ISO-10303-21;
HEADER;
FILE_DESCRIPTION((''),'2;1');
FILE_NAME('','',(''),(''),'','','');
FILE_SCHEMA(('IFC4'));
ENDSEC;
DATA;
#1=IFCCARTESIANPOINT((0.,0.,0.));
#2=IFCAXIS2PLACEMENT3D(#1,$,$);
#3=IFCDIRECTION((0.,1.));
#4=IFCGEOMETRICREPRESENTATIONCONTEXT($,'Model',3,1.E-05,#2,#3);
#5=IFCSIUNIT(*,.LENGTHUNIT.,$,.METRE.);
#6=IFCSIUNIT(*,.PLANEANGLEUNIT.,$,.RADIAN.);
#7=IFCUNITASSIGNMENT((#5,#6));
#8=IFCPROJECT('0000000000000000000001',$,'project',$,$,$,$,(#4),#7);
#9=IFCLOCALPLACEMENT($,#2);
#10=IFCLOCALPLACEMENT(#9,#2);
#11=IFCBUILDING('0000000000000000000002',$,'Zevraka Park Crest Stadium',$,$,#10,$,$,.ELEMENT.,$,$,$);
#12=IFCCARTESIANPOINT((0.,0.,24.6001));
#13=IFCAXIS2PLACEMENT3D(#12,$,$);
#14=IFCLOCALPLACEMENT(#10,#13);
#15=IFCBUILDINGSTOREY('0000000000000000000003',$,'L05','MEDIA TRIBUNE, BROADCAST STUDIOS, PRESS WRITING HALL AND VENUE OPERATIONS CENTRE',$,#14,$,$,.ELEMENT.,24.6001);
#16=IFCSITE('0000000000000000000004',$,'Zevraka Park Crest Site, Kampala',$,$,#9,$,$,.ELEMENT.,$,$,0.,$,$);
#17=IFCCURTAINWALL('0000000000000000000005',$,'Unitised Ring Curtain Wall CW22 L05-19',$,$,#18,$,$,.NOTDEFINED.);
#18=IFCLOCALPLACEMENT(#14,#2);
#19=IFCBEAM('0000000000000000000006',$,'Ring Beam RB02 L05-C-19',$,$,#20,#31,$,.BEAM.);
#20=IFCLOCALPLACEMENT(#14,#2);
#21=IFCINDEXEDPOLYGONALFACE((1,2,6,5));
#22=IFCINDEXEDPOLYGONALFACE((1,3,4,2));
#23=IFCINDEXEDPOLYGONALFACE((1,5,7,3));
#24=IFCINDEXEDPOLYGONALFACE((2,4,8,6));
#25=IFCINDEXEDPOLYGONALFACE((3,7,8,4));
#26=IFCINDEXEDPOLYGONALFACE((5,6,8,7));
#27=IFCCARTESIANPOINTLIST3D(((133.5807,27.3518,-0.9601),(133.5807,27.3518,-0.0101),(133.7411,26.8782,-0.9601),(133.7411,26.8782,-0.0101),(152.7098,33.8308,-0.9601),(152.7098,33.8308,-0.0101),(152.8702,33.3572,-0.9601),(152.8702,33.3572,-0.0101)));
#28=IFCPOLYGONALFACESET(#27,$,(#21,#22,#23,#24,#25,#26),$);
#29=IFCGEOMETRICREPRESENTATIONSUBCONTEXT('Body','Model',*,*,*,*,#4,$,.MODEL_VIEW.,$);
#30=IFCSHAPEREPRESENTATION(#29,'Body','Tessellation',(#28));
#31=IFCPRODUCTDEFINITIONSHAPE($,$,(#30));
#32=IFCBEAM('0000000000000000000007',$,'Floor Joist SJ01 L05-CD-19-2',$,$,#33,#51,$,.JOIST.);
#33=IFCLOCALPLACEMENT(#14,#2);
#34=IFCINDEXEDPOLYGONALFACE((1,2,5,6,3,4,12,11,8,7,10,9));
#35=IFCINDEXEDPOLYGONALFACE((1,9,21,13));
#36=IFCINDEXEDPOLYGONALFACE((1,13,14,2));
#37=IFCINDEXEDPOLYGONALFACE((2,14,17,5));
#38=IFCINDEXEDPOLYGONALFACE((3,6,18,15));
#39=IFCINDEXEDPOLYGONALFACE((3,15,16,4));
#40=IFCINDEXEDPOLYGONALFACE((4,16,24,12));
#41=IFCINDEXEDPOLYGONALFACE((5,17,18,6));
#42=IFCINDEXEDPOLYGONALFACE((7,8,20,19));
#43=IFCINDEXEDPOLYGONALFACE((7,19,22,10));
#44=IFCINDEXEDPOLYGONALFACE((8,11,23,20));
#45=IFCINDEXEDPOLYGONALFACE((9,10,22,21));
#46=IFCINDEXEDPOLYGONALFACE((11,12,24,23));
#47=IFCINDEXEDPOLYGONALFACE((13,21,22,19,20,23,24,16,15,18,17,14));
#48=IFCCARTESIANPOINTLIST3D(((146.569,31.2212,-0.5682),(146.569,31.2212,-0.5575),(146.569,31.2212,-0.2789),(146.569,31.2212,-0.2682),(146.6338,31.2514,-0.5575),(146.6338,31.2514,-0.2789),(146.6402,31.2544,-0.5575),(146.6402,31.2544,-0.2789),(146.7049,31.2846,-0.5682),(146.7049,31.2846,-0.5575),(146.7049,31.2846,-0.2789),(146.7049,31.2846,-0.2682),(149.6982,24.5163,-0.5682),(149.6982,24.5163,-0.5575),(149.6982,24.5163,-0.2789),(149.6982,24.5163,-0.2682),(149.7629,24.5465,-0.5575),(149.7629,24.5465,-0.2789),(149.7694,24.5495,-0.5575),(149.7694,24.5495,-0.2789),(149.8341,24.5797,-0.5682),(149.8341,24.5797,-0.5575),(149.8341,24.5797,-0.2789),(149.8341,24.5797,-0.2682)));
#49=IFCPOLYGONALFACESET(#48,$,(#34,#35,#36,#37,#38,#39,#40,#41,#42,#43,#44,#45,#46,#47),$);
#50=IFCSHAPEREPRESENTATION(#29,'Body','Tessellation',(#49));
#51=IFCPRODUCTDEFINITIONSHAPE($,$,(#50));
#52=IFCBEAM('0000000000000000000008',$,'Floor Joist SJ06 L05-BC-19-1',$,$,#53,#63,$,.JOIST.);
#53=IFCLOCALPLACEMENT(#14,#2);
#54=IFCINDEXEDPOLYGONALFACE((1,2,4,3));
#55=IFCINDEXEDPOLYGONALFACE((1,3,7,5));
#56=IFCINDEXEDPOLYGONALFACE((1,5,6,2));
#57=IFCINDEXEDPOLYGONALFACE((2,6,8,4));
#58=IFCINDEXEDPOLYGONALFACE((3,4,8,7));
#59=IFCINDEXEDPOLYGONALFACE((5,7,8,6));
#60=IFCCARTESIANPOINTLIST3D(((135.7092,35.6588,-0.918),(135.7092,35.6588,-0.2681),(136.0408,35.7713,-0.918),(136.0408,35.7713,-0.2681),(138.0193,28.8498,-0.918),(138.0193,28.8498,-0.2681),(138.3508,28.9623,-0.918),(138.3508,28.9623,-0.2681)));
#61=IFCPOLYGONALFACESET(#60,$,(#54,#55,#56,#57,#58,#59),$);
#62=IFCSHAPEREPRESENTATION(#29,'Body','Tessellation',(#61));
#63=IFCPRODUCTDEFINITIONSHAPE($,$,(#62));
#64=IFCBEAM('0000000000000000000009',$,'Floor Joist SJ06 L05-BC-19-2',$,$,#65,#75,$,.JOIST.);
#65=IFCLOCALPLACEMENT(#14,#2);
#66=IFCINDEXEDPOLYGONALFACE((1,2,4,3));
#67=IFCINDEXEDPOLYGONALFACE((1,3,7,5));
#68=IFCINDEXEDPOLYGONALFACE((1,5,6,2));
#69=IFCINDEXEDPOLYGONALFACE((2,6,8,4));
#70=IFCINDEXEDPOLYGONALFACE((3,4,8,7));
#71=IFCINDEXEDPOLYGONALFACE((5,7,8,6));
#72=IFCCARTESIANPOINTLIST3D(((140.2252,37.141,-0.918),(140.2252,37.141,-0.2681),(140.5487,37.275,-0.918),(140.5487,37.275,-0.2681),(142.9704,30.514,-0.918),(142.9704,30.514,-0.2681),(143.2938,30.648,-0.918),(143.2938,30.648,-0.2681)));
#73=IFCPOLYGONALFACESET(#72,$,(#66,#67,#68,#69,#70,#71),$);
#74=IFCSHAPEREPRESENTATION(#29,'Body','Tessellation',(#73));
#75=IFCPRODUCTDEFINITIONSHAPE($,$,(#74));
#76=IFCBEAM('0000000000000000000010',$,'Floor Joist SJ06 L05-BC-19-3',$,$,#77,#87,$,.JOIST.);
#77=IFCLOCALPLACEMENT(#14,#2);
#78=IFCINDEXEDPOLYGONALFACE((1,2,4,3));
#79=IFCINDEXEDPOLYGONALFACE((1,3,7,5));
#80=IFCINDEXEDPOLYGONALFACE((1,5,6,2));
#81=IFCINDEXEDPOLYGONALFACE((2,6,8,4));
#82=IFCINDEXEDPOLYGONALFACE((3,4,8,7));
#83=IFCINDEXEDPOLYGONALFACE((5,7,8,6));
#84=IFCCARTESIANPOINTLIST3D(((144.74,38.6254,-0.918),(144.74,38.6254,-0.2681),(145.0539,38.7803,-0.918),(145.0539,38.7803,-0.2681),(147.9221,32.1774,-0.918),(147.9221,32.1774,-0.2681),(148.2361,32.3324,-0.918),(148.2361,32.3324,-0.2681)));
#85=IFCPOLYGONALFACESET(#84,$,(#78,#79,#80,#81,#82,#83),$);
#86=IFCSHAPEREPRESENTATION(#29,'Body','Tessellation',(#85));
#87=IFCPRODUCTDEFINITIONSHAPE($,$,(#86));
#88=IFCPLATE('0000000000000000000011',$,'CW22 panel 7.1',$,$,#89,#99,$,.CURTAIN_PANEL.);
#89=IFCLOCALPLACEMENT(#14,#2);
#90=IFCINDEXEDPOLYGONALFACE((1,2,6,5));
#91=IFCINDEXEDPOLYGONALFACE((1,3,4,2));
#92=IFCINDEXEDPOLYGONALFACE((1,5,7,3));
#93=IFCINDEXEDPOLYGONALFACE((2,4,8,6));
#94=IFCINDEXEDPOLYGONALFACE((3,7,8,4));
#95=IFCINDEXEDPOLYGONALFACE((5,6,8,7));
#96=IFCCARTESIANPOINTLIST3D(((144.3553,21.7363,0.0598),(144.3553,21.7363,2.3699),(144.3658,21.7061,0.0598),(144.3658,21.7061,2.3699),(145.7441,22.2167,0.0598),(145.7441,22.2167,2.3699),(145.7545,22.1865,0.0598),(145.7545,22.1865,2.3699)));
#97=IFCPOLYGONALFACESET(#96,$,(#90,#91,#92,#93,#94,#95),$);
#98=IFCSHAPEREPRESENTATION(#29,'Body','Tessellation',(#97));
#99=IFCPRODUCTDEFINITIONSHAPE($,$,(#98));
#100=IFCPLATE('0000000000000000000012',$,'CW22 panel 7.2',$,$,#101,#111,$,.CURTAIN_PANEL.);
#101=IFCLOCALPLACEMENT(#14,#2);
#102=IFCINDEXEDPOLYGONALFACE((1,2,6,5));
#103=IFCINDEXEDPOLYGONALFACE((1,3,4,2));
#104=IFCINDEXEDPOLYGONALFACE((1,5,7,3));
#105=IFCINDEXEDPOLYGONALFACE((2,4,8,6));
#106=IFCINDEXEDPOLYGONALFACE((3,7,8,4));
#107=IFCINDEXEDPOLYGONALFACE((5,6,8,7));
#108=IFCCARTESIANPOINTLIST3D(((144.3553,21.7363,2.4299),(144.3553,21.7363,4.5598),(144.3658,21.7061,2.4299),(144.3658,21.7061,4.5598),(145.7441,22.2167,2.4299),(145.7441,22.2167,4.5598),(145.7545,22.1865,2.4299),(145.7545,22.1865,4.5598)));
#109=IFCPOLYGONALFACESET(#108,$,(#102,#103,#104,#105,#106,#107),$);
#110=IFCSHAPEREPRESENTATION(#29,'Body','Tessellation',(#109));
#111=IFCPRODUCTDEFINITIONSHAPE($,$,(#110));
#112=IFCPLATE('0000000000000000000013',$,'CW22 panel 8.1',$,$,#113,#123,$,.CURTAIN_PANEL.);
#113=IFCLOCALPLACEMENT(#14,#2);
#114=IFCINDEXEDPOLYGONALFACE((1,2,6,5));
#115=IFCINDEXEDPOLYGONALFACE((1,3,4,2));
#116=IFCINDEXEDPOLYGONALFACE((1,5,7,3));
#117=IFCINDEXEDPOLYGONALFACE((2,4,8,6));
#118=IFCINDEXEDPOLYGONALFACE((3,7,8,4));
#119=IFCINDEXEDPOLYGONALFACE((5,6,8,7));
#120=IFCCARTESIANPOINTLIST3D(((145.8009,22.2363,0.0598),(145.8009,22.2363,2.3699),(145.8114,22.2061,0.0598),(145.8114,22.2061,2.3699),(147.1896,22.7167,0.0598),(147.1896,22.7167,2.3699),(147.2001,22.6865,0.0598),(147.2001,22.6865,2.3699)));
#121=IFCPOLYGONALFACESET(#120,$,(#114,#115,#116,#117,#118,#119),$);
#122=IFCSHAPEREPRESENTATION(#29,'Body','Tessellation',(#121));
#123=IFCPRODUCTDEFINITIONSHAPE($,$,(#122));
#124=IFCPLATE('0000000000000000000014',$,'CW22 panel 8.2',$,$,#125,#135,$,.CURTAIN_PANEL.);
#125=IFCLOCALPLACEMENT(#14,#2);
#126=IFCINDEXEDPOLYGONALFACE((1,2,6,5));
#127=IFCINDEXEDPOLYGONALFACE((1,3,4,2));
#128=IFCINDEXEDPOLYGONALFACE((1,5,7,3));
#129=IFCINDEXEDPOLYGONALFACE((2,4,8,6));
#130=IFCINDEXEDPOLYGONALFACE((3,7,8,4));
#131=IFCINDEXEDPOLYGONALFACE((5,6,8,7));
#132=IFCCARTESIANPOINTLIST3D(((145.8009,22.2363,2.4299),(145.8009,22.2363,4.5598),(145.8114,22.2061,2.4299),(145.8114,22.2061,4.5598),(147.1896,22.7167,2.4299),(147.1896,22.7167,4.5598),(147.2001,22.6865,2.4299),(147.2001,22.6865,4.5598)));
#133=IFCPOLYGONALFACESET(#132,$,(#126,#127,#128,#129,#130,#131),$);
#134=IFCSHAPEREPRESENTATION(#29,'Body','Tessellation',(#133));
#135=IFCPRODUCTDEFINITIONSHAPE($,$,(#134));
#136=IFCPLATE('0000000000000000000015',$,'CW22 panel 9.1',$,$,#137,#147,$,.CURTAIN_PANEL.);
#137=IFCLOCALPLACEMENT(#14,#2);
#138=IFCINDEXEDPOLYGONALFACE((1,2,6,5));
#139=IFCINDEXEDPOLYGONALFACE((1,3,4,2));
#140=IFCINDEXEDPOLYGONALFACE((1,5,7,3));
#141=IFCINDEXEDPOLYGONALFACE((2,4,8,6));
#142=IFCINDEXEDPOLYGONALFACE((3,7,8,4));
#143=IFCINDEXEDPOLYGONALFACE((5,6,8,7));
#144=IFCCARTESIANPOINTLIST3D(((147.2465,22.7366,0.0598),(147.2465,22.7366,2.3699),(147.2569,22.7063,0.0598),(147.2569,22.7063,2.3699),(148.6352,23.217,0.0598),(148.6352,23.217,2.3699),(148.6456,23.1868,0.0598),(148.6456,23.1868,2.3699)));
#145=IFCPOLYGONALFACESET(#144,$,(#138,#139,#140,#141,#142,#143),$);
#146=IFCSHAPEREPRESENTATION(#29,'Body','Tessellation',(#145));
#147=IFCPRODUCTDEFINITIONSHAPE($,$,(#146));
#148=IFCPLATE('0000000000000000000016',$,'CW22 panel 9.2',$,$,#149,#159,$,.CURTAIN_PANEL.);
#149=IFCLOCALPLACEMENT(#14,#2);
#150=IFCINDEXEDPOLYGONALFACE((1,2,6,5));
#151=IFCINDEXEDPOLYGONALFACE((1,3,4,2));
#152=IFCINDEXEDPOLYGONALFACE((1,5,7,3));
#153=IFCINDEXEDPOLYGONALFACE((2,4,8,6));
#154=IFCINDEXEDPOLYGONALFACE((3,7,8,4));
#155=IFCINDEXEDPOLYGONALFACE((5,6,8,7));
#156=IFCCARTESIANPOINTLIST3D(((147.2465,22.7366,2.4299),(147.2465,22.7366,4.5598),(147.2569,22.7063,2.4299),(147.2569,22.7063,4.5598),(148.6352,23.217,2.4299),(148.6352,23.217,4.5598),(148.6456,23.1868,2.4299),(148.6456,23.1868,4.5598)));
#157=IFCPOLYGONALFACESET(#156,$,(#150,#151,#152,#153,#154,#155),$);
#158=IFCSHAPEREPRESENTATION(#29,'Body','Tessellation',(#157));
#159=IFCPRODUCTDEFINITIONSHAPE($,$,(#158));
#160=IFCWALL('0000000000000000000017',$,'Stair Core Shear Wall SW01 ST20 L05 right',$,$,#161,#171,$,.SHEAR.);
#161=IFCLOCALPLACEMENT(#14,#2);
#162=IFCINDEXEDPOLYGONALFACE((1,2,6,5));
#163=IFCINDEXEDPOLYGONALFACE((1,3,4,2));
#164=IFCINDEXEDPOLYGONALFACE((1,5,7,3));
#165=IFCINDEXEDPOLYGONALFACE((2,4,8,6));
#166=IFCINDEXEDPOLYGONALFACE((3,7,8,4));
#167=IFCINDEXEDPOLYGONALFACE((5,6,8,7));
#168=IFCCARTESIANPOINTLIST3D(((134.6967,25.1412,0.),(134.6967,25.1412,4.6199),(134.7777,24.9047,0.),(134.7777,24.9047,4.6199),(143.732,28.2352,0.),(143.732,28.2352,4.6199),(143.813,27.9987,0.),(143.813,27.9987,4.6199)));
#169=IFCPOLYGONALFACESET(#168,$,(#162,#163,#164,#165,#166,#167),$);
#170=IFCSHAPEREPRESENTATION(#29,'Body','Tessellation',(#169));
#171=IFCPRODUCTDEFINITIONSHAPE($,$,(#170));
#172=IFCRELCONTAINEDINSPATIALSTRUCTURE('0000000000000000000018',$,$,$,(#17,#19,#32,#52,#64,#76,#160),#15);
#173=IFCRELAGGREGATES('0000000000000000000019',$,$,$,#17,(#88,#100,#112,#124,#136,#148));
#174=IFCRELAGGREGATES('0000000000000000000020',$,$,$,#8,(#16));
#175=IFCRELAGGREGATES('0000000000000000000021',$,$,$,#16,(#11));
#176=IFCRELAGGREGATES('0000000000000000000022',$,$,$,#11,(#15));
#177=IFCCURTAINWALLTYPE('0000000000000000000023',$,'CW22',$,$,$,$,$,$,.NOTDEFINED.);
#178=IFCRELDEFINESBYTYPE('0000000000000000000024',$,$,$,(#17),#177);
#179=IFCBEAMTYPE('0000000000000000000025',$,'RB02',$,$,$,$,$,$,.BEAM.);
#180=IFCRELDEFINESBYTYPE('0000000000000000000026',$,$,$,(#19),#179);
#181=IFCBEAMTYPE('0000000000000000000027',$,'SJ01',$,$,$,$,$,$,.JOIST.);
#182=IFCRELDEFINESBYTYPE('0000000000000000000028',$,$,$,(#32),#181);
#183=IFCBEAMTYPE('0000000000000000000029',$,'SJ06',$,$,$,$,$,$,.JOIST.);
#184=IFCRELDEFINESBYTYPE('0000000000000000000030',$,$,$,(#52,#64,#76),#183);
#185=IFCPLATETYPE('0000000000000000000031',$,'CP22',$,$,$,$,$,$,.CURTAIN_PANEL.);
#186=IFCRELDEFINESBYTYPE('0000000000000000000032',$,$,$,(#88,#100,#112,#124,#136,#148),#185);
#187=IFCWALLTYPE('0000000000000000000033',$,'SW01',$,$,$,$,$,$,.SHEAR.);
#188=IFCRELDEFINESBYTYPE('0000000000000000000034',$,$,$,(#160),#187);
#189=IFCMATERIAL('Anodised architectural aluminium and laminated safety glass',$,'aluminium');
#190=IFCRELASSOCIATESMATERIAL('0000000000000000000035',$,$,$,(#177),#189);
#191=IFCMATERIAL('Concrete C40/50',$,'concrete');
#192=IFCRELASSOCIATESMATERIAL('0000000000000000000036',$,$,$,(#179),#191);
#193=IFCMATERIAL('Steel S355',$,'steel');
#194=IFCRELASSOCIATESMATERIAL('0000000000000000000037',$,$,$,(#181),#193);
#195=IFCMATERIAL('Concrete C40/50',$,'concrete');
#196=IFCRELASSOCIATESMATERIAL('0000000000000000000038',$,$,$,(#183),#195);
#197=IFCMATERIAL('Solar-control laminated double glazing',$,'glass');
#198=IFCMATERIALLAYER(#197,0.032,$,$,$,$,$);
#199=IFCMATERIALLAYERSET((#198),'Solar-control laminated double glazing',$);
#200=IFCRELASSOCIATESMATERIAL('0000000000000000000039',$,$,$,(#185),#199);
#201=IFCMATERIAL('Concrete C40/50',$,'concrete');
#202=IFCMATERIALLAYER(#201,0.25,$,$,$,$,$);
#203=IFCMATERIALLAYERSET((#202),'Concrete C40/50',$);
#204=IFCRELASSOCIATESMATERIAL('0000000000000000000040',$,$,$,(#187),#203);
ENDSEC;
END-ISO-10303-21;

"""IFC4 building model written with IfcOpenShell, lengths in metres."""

from ifc_helpers import new_model, si_unit, direction, frame, frame_2d, origin, origin_2d, place, context, subcontext, project, spatial, rectangle, i_section, extrude, material, layer, layer_set, material_profile, profile_set, type_object, element, aggregate, save


model = new_model("IFC4")

# Units and contexts
model_context = context("Model", 3, precision=1e-05, world=origin(), true_north=direction((0.0, 1.0)))
body_context = subcontext(model_context, "Body", "Model", "MODEL_VIEW")
ifc_project = project(units=[si_unit("LENGTHUNIT", "METRE"), si_unit("PLANEANGLEUNIT", "RADIAN")], contexts=[model_context])

# Site, building, storey
site_placement = place(None, origin())
site = spatial("IfcSite", under=ifc_project, at=site_placement, Name="Zevraka Park Crest Site, Kampala", CompositionType="ELEMENT", RefElevation=0.0)
building_placement = place(site_placement, origin())
building = spatial("IfcBuilding", under=site, at=building_placement, Name="Zevraka Park Crest Stadium", CompositionType="ELEMENT")
storey_placement = place(building_placement, frame((0.0, 0.0, 24.6001)))
storey = spatial("IfcBuildingStorey", under=building, at=storey_placement, Name="L05", Description="MEDIA TRIBUNE, BROADCAST STUDIOS, PRESS WRITING HALL AND VENUE OPERATIONS CENTRE", CompositionType="ELEMENT", Elevation=24.6001)

# Curtain wall
ifc_material_1 = material(Name="Anodised architectural aluminium and laminated safety glass", Category="aluminium")
curtain_wall_type = type_object("IfcCurtainWallType", Name="CW22", PredefinedType="NOTDEFINED", material=ifc_material_1)
curtain_wall_placement = place(storey_placement, origin())
curtain_wall = element("IfcCurtainWall", 1, at=curtain_wall_placement, inside=storey, type_object=curtain_wall_type, Name="Unitised Ring Curtain Wall CW22 L05-19", PredefinedType="NOTDEFINED")

# Beams
ifc_material_2 = material(Name="Concrete C40/50", Category="concrete")
ifc_material_profile_1 = material_profile(ifc_material_2, rectangle(XDim=0.5, YDim=0.95, at=origin_2d()), Name="RC 950x500")
ifc_profile_set_1 = profile_set([ifc_material_profile_1], Name="Concrete C40/50")
beam_type_1 = type_object("IfcBeamType", Name="RB02", PredefinedType="BEAM", material=ifc_profile_set_1)
beam_1_placement = place(storey_placement, frame((133.6609, 27.115, -0.4851), z_axis=(0.947148, 0.320797, 0.0), x_axis=(-0.320797, 0.947148, 0.0)))
element("IfcBeam", 2, at=beam_1_placement, inside=storey, type_object=beam_type_1, Name="Ring Beam RB02 L05-C-19", PredefinedType="BEAM", context=body_context, shape_type="SweptSolid", body=[
    extrude(rectangle(XDim=0.5, YDim=0.95, at=origin_2d()), origin(), (0.0, 0.0, 1.0), 20.1965),
])
ifc_material_3 = material(Name="Steel S355", Category="steel")
ifc_material_profile_2 = material_profile(ifc_material_3, i_section(OverallWidth=0.1499, OverallDepth=0.3, WebThickness=0.0071, FlangeThickness=0.0107, at=origin_2d()), Name="IPE 300")
ifc_profile_set_2 = profile_set([ifc_material_profile_2], Name="Steel S355")
beam_type_2 = type_object("IfcBeamType", Name="SJ01", PredefinedType="JOIST", material=ifc_profile_set_2)
beam_2_placement = place(storey_placement, frame((146.637, 31.2529, -0.4182), z_axis=(0.422911, -0.906171, 0.0), x_axis=(0.906171, 0.422911, 0.0)))
element("IfcBeam", 3, at=beam_2_placement, inside=storey, type_object=beam_type_2, Name="Floor Joist SJ01 L05-CD-19-2", PredefinedType="JOIST", context=body_context, shape_type="SweptSolid", body=[
    extrude(i_section(OverallWidth=0.1499, OverallDepth=0.3, WebThickness=0.0071, FlangeThickness=0.0107, at=origin_2d()), origin(), (0.0, 0.0, 1.0), 7.3992),
])
ifc_material_4 = material(Name="Concrete C40/50", Category="concrete")
ifc_material_profile_3 = material_profile(ifc_material_4, rectangle(XDim=0.3501, YDim=0.6499, at=origin_2d()), Name="RC 650x350")
ifc_profile_set_3 = profile_set([ifc_material_profile_3], Name="Concrete C40/50")
beam_type_3 = type_object("IfcBeamType", Name="SJ06", PredefinedType="JOIST", material=ifc_profile_set_3)
beam_3_placement = place(storey_placement, frame((135.875, 35.7151, -0.593), z_axis=(0.321276, -0.946986, 0.0), x_axis=(0.946986, 0.321276, 0.0)))
element("IfcBeam", 4, at=beam_3_placement, inside=storey, type_object=beam_type_3, Name="Floor Joist SJ06 L05-BC-19-1", PredefinedType="JOIST", context=body_context, shape_type="SweptSolid", body=[
    extrude(rectangle(XDim=0.3501, YDim=0.6499, at=origin_2d()), origin(), (0.0, 0.0, 1.0), 7.1902),
])
beam_4_placement = place(storey_placement, frame((140.387, 37.208, -0.593), z_axis=(0.3827, -0.923872, 0.0), x_axis=(0.923872, 0.3827, 0.0)))
element("IfcBeam", 5, at=beam_4_placement, inside=storey, type_object=beam_type_3, Name="Floor Joist SJ06 L05-BC-19-2", PredefinedType="JOIST", context=body_context, shape_type="SweptSolid", body=[
    extrude(rectangle(XDim=0.3501, YDim=0.6499, at=origin_2d()), origin(), (0.0, 0.0, 1.0), 7.1731),
])
beam_5_placement = place(storey_placement, frame((144.897, 38.7029, -0.593), z_axis=(0.442549, -0.896744, 0.0), x_axis=(0.896744, 0.442549, 0.0)))
element("IfcBeam", 6, at=beam_5_placement, inside=storey, type_object=beam_type_3, Name="Floor Joist SJ06 L05-BC-19-3", PredefinedType="JOIST", context=body_context, shape_type="SweptSolid", body=[
    extrude(rectangle(XDim=0.3501, YDim=0.6499, at=origin_2d()), origin(), (0.0, 0.0, 1.0), 7.1904),
])

# Plates
ifc_material_5 = material(Name="Solar-control laminated double glazing", Category="glass")
ifc_layer_1 = layer(ifc_material_5, 0.032)
ifc_layer_set_1 = layer_set([ifc_layer_1], Name="Solar-control laminated double glazing")
plate_type = type_object("IfcPlateType", Name="CP22", PredefinedType="CURTAIN_PANEL", material=ifc_layer_set_1)
plate_1_placement = place(storey_placement, frame((145.0549, 21.9614, 0.0598), z_axis=(0.0, 0.0, 1.0), x_axis=(0.945049, 0.326929, 0.0)))
plate_1 = element("IfcPlate", 7, at=plate_1_placement, type_object=plate_type, Name="CW22 panel 7.1", PredefinedType="CURTAIN_PANEL", context=body_context, shape_type="SweptSolid", body=[
    extrude(rectangle(XDim=1.4695, YDim=0.032, at=origin_2d()), origin(), (0.0, 0.0, 1.0), 2.3101),
])
plate_2_placement = place(storey_placement, frame((145.0549, 21.9614, 2.4299), z_axis=(0.0, 0.0, 1.0), x_axis=(0.945049, 0.326929, 0.0)))
plate_2 = element("IfcPlate", 8, at=plate_2_placement, type_object=plate_type, Name="CW22 panel 7.2", PredefinedType="CURTAIN_PANEL", context=body_context, shape_type="SweptSolid", body=[
    extrude(rectangle(XDim=1.4695, YDim=0.032, at=origin_2d()), origin(), (0.0, 0.0, 1.0), 2.1299),
])
plate_3_placement = place(storey_placement, frame((146.5005, 22.4614, 0.0598), z_axis=(0.0, 0.0, 1.0), x_axis=(0.945049, 0.326929, 0.0)))
plate_3 = element("IfcPlate", 9, at=plate_3_placement, type_object=plate_type, Name="CW22 panel 8.1", PredefinedType="CURTAIN_PANEL", context=body_context, shape_type="SweptSolid", body=[
    extrude(rectangle(XDim=1.4695, YDim=0.032, at=origin_2d()), origin(), (0.0, 0.0, 1.0), 2.3101),
])
plate_4_placement = place(storey_placement, frame((146.5005, 22.4614, 2.4299), z_axis=(0.0, 0.0, 1.0), x_axis=(0.945049, 0.326929, 0.0)))
plate_4 = element("IfcPlate", 10, at=plate_4_placement, type_object=plate_type, Name="CW22 panel 8.2", PredefinedType="CURTAIN_PANEL", context=body_context, shape_type="SweptSolid", body=[
    extrude(rectangle(XDim=1.4695, YDim=0.032, at=origin_2d()), origin(), (0.0, 0.0, 1.0), 2.1299),
])
plate_5_placement = place(storey_placement, frame((147.946, 22.9617, 0.0598), z_axis=(0.0, 0.0, 1.0), x_axis=(0.945049, 0.326929, 0.0)))
plate_5 = element("IfcPlate", 11, at=plate_5_placement, type_object=plate_type, Name="CW22 panel 9.1", PredefinedType="CURTAIN_PANEL", context=body_context, shape_type="SweptSolid", body=[
    extrude(rectangle(XDim=1.4695, YDim=0.032, at=origin_2d()), origin(), (0.0, 0.0, 1.0), 2.3101),
])
plate_6_placement = place(storey_placement, frame((147.946, 22.9617, 2.4299), z_axis=(0.0, 0.0, 1.0), x_axis=(0.945049, 0.326929, 0.0)))
plate_6 = element("IfcPlate", 12, at=plate_6_placement, type_object=plate_type, Name="CW22 panel 9.2", PredefinedType="CURTAIN_PANEL", context=body_context, shape_type="SweptSolid", body=[
    extrude(rectangle(XDim=1.4695, YDim=0.032, at=origin_2d()), origin(), (0.0, 0.0, 1.0), 2.1299),
])
aggregate(curtain_wall, [plate_1, plate_2, plate_3, plate_4, plate_5, plate_6])

# Wall
ifc_material_6 = material(Name="Concrete C40/50", Category="concrete")
ifc_layer_2 = layer(ifc_material_6, 0.25)
ifc_layer_set_2 = layer_set([ifc_layer_2], Name="Concrete C40/50")
wall_type = type_object("IfcWallType", Name="SW01", PredefinedType="SHEAR", material=ifc_layer_set_2)
wall_1_placement = place(storey_placement, frame((143.7725, 28.1169, 0.0), z_axis=(0.0, 0.0, 1.0), x_axis=(-0.946067, -0.323971, 0.0)))
element("IfcWall", 13, at=wall_1_placement, inside=storey, type_object=wall_type, Name="Stair Core Shear Wall SW01 ST20 L05 right", PredefinedType="SHEAR", context=body_context, shape_type="SweptSolid", body=[
    extrude(rectangle(XDim=9.5503, YDim=0.25, at=frame_2d((4.7751, 0.0))), origin(), (0.0, 0.0, 1.0), 4.6199),
])

save(model, "model.ifc")
